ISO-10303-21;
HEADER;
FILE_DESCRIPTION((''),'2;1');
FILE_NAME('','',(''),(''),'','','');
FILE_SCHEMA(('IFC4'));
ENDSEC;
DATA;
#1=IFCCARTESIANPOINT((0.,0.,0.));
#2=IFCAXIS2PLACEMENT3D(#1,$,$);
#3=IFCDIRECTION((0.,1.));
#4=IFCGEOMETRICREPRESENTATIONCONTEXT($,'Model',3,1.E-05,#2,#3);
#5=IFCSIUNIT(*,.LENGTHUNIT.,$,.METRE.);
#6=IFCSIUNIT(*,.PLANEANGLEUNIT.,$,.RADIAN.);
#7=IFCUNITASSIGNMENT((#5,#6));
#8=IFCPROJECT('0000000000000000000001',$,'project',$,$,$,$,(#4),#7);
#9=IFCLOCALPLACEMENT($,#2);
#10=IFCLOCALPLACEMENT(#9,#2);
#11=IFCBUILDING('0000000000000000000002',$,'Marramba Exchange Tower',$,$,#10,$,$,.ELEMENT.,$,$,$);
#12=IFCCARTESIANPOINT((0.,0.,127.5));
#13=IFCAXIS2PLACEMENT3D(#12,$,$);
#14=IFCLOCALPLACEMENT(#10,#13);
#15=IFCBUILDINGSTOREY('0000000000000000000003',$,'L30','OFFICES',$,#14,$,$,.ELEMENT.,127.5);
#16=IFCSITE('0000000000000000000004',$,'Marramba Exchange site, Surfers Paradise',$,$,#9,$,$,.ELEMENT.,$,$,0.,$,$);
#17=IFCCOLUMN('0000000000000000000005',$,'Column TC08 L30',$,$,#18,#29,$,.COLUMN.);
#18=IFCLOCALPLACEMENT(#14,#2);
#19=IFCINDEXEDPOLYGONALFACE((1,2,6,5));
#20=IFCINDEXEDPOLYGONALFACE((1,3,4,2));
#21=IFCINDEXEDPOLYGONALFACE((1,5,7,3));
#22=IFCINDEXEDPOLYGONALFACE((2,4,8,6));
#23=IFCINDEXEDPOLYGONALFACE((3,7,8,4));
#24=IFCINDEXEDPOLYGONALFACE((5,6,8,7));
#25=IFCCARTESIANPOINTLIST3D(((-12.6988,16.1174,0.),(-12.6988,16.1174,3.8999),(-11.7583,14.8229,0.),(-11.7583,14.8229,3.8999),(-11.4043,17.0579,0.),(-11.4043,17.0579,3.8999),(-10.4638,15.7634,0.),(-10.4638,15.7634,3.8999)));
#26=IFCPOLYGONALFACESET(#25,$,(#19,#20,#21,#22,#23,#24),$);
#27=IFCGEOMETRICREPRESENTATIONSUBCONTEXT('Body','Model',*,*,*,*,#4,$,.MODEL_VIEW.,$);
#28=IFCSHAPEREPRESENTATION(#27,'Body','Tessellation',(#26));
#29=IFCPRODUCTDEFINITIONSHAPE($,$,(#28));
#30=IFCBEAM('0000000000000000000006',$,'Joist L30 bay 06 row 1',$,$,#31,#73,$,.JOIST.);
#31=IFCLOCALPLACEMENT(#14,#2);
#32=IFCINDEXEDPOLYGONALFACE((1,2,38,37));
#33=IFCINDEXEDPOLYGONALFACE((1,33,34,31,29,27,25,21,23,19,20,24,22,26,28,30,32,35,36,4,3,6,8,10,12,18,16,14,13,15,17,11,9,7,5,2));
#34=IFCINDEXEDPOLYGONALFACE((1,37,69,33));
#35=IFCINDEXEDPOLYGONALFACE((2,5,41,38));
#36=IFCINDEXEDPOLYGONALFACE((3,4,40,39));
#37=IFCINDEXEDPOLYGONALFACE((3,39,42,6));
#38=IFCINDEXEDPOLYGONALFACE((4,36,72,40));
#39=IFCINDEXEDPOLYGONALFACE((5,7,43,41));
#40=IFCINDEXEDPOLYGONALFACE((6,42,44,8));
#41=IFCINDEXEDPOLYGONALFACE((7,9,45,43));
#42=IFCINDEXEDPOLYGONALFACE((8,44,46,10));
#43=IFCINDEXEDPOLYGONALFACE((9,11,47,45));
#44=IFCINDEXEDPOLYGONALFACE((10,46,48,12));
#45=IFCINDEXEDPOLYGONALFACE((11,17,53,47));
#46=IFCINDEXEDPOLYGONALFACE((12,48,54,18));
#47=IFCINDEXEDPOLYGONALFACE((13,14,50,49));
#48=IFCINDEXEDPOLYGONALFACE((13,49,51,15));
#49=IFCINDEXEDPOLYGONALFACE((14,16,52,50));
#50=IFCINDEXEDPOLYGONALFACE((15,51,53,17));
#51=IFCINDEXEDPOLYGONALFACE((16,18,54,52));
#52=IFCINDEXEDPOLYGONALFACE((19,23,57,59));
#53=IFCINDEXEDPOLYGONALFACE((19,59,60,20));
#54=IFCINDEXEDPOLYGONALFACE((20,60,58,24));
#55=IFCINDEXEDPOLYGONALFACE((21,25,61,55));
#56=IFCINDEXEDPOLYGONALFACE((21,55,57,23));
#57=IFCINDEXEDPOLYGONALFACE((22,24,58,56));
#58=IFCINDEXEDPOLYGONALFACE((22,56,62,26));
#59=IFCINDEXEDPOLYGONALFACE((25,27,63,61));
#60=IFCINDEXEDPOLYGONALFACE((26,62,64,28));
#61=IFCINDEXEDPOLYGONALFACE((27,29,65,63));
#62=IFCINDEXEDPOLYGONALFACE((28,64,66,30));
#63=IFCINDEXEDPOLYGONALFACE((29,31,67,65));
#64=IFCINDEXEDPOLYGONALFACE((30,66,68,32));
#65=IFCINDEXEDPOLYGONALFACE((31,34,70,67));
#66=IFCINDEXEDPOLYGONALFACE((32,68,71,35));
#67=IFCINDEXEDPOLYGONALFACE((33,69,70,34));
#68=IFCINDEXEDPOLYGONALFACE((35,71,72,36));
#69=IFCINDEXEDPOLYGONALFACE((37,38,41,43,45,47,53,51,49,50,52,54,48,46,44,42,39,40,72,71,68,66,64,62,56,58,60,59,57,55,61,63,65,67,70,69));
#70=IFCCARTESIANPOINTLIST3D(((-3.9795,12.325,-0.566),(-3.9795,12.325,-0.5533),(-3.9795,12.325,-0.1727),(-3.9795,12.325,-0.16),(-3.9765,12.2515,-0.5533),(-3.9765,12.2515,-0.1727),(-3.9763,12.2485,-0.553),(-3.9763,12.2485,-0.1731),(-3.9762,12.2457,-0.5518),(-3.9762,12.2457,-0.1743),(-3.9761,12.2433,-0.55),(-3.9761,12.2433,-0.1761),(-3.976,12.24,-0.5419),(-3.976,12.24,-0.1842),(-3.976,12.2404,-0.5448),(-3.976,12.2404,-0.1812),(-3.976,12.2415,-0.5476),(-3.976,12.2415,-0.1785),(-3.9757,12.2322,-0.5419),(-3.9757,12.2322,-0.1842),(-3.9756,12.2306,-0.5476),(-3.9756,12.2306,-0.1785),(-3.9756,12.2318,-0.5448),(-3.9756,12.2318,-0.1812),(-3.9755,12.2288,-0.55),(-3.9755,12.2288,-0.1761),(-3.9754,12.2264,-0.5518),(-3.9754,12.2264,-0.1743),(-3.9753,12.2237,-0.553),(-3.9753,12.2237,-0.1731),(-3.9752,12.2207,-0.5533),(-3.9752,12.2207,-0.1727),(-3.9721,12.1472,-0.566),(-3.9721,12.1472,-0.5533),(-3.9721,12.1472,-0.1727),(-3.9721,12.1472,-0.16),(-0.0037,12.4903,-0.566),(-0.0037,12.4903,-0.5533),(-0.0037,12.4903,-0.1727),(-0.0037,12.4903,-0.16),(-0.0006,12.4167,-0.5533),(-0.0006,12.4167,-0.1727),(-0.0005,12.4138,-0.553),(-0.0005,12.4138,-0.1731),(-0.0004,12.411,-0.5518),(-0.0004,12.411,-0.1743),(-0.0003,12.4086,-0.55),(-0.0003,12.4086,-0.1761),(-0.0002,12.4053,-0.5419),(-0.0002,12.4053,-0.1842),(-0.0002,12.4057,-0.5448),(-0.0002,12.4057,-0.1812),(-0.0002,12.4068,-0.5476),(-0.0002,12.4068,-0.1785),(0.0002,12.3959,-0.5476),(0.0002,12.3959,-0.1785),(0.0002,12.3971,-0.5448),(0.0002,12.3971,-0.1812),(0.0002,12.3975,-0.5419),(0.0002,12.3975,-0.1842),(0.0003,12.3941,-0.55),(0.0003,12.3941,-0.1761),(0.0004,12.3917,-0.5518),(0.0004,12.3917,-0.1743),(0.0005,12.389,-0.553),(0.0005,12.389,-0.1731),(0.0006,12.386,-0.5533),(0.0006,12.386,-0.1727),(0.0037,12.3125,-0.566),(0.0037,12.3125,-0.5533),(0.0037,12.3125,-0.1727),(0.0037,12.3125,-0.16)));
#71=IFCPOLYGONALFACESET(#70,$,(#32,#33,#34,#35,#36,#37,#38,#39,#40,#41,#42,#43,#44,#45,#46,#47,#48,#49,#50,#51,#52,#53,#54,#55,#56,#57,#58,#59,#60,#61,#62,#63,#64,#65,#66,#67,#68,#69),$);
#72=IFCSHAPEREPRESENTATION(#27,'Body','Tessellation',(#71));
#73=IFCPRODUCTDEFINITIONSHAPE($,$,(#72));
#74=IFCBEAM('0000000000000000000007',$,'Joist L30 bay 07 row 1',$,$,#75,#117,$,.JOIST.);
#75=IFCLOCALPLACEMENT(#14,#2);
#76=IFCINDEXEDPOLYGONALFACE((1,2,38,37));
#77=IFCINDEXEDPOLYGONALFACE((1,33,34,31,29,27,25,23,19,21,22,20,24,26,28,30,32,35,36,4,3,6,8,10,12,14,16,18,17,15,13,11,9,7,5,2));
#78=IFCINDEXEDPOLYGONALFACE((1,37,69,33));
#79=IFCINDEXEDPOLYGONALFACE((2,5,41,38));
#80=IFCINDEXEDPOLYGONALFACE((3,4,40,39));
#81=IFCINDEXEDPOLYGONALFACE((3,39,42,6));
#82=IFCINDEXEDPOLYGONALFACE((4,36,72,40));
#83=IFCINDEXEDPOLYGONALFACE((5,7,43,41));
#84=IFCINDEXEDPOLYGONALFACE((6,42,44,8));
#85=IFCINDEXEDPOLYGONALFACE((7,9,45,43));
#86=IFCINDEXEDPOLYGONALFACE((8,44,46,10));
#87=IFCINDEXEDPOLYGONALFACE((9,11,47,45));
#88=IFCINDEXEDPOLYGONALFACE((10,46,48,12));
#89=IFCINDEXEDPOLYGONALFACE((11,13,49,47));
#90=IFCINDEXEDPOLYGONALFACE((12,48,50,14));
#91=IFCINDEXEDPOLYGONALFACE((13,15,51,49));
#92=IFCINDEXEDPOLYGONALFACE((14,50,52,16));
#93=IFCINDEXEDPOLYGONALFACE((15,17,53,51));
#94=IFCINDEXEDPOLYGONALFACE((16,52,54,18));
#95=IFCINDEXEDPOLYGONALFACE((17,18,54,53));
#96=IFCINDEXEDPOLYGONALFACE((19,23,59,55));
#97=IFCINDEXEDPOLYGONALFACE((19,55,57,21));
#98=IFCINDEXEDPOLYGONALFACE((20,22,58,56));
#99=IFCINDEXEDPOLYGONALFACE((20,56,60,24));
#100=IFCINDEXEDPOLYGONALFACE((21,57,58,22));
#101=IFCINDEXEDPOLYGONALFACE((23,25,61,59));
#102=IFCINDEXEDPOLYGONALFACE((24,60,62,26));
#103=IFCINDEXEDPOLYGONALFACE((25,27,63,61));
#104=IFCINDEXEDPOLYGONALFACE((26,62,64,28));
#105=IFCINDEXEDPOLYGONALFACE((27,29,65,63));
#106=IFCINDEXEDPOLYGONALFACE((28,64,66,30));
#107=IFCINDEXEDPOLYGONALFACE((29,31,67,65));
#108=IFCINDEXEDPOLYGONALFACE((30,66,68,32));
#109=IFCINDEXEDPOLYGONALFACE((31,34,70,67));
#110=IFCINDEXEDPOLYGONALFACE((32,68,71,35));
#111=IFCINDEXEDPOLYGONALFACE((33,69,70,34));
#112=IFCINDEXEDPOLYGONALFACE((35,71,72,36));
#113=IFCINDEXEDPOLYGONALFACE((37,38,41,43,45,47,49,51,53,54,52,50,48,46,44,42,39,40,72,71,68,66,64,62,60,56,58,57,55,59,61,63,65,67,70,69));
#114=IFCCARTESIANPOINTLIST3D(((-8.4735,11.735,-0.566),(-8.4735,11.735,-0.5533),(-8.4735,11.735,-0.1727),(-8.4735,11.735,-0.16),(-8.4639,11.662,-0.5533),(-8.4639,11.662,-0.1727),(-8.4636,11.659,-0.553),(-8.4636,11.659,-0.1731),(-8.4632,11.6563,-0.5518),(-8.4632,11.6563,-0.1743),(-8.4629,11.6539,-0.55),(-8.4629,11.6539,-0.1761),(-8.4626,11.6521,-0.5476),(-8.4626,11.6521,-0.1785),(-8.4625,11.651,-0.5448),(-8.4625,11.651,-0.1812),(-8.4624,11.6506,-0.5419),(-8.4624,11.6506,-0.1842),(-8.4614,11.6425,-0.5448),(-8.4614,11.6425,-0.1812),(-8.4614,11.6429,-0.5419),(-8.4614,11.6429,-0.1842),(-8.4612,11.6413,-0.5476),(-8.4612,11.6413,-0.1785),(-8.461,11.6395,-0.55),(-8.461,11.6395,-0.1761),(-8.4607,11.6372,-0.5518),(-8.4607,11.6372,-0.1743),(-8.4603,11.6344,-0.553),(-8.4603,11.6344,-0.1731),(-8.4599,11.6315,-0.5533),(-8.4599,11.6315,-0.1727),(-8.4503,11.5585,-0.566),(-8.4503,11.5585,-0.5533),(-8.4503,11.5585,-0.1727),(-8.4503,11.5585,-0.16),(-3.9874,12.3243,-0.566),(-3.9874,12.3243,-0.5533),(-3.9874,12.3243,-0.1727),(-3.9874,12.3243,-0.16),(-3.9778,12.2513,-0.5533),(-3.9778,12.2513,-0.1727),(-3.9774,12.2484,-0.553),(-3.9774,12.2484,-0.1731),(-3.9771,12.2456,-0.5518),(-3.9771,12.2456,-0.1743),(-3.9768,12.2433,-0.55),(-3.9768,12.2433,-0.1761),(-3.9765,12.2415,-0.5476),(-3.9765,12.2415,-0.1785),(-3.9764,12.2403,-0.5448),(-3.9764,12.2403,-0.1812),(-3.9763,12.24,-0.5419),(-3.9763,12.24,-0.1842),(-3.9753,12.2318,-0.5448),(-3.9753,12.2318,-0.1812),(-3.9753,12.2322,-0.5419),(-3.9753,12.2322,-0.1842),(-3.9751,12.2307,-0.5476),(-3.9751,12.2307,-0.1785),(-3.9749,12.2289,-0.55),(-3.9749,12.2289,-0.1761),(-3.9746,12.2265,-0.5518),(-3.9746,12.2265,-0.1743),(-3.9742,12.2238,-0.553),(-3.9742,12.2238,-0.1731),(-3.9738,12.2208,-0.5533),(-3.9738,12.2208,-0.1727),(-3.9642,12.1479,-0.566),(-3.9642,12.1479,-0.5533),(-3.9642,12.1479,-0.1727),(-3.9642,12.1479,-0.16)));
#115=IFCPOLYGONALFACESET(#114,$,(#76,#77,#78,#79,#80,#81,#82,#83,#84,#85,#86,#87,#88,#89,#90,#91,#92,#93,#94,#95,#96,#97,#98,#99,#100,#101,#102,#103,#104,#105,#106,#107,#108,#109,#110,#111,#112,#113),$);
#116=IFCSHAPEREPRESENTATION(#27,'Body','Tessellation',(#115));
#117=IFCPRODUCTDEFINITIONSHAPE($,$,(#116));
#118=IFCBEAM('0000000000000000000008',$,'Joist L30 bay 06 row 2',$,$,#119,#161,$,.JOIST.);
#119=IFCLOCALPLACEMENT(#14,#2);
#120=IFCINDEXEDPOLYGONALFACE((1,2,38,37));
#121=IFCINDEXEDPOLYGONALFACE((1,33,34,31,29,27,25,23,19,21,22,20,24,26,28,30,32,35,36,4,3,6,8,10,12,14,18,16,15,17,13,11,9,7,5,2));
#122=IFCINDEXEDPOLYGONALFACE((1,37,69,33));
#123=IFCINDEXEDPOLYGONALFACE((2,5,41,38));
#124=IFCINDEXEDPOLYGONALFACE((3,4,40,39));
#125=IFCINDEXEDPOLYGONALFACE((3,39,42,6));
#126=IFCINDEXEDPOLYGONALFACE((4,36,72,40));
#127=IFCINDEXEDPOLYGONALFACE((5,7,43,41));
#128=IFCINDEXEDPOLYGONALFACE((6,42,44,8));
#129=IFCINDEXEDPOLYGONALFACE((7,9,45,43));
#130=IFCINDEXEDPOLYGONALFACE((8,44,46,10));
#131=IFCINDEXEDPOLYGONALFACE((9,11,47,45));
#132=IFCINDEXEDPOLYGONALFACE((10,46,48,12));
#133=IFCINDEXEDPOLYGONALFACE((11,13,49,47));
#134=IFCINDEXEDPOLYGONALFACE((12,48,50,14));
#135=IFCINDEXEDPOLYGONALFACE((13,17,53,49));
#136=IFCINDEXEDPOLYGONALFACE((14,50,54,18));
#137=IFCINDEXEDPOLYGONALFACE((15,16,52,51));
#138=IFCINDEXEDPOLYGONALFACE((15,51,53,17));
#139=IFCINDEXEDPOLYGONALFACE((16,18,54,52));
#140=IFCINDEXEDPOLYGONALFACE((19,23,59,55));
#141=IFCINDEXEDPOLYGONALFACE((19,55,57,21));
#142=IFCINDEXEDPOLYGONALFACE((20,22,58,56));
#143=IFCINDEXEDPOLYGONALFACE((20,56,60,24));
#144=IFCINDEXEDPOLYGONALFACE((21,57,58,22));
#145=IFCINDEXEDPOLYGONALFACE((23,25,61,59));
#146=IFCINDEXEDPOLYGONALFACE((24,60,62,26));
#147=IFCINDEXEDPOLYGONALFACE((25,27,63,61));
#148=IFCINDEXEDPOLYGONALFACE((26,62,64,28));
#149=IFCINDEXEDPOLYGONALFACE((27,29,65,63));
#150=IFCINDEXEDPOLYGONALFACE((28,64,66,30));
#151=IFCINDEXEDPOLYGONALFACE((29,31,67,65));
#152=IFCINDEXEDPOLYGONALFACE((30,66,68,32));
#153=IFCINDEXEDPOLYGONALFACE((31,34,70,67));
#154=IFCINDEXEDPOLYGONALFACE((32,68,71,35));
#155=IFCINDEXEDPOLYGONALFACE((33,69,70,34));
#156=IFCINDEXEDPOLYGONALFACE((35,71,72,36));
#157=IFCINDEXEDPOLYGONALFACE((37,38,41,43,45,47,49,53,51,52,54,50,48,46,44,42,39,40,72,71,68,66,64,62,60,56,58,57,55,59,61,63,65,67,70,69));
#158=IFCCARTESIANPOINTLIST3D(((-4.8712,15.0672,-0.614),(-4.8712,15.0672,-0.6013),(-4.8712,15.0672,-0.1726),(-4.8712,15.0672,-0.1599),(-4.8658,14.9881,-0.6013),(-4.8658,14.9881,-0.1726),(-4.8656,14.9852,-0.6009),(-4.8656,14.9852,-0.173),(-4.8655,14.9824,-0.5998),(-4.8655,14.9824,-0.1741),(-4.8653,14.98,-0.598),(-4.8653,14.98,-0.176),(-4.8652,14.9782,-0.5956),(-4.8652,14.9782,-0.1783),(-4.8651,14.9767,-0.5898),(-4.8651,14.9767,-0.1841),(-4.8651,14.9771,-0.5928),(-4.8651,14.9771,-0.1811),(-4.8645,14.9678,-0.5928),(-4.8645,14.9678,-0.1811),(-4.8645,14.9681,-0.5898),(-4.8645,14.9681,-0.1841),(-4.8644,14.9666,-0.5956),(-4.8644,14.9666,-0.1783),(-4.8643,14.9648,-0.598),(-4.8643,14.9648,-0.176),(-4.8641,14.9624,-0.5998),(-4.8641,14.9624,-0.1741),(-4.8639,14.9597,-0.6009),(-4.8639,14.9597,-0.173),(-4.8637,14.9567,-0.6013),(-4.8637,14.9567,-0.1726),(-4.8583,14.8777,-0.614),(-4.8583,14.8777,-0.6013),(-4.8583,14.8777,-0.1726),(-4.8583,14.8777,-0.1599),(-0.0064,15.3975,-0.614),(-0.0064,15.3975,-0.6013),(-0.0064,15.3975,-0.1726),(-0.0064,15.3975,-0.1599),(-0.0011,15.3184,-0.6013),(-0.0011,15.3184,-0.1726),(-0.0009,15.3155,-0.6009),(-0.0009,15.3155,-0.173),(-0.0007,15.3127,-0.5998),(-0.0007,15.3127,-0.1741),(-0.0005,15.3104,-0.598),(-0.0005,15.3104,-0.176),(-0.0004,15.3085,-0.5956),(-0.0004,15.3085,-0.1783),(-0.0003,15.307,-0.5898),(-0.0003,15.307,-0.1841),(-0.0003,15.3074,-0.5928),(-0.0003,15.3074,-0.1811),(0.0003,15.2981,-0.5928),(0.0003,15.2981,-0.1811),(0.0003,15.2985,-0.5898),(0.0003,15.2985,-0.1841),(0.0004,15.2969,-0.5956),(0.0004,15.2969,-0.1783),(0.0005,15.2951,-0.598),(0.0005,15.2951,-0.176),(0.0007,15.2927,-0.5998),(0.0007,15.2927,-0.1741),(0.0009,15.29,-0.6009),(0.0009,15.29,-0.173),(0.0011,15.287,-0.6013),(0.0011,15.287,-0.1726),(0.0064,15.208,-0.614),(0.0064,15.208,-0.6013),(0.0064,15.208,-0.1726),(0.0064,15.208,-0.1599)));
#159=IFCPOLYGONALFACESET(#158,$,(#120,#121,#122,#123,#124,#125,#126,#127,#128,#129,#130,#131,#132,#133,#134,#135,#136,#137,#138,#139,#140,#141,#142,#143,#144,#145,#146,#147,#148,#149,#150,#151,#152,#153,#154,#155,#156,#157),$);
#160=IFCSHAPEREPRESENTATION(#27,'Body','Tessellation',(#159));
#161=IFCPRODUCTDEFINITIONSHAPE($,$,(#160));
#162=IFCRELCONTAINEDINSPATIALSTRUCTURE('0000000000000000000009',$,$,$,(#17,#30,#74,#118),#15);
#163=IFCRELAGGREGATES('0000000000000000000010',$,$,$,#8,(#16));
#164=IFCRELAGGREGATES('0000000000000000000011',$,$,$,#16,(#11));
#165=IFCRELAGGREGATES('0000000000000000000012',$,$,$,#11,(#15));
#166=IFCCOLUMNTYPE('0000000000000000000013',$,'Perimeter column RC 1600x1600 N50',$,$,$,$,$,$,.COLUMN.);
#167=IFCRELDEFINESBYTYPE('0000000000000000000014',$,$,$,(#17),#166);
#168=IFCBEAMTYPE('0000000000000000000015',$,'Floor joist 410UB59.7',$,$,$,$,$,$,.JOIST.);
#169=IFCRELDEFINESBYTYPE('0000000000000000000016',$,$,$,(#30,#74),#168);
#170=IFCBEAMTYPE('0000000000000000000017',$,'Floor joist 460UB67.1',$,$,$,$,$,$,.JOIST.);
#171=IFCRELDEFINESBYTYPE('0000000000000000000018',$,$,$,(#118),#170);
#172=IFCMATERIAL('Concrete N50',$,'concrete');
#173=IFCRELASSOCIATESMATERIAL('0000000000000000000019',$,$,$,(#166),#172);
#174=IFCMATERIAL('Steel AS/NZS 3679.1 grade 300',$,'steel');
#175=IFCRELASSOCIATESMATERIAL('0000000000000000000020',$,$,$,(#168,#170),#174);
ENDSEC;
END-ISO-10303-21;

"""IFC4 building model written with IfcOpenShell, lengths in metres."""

from ifc_helpers import new_model, si_unit, direction, frame, origin, origin_2d, place, context, subcontext, project, spatial, rectangle, i_section, extrude, material, material_profile, profile_set, type_object, element, save


model = new_model("IFC4")

# Units and contexts
model_context = context("Model", 3, precision=1e-05, world=origin(), true_north=direction((0.0, 1.0)))
body_context = subcontext(model_context, "Body", "Model", "MODEL_VIEW")
ifc_project = project(units=[si_unit("LENGTHUNIT", "METRE"), si_unit("PLANEANGLEUNIT", "RADIAN")], contexts=[model_context])

# Site, building, storey
site_placement = place(None, origin())
site = spatial("IfcSite", under=ifc_project, at=site_placement, Name="Marramba Exchange site, Surfers Paradise", CompositionType="ELEMENT", RefElevation=0.0)
building_placement = place(site_placement, origin())
building = spatial("IfcBuilding", under=site, at=building_placement, Name="Marramba Exchange Tower", CompositionType="ELEMENT")
storey_placement = place(building_placement, frame((0.0, 0.0, 127.5)))
storey = spatial("IfcBuildingStorey", under=building, at=storey_placement, Name="L30", Description="OFFICES", CompositionType="ELEMENT", Elevation=127.5)

# Column
ifc_material_1 = material(Name="Concrete N50", Category="concrete")
ifc_material_profile_1 = material_profile(ifc_material_1, rectangle(XDim=1.6001, YDim=1.6001, at=origin_2d()), Name="RC 1600x1600")
ifc_profile_set_1 = profile_set([ifc_material_profile_1], Name="Concrete N50")
column_type = type_object("IfcColumnType", Name="Perimeter column RC 1600x1600 N50", PredefinedType="COLUMN", material=ifc_profile_set_1)
column_placement = place(storey_placement, frame((-11.5813, 15.9404, 0.0), z_axis=(0.0, 0.0, 1.0), x_axis=(-0.587785, 0.809017, 0.0)))
element("IfcColumn", 1, at=column_placement, inside=storey, type_object=column_type, Name="Column TC08 L30", PredefinedType="COLUMN", context=body_context, shape_type="SweptSolid", body=[
    extrude(rectangle(XDim=1.6001, YDim=1.6001, at=origin_2d()), origin(), (0.0, 0.0, 1.0), 3.8999),
])

# Beams
ifc_material_2 = material(Name="Steel AS/NZS 3679.1 grade 300", Category="steel")
ifc_material_profile_2 = material_profile(ifc_material_2, i_section(OverallWidth=0.178, OverallDepth=0.406, WebThickness=0.0078, FlangeThickness=0.0127, FilletRadius=0.0115, at=origin_2d()), Name="410UB59.7")
ifc_profile_set_2 = profile_set([ifc_material_profile_2], Name="Steel AS/NZS 3679.1 grade 300")
beam_type_1 = type_object("IfcBeamType", Name="Floor joist 410UB59.7", PredefinedType="JOIST", material=ifc_profile_set_2)
beam_1_placement = place(storey_placement, frame((0.0, 12.4014, -0.363), z_axis=(-0.999137, -0.041536, 0.0), x_axis=(0.041536, -0.999137, 0.0)))
element("IfcBeam", 2, at=beam_1_placement, inside=storey, type_object=beam_type_1, Name="Joist L30 bay 06 row 1", PredefinedType="JOIST", context=body_context, shape_type="SweptSolid", body=[
    extrude(i_section(OverallWidth=0.178, OverallDepth=0.406, WebThickness=0.0078, FlangeThickness=0.0127, FilletRadius=0.0115, at=origin_2d()), origin(), (0.0, 0.0, 1.0), 3.9792),
])
beam_2_placement = place(storey_placement, frame((-3.9758, 12.2361, -0.363), z_axis=(-0.991481, -0.130255, 0.0), x_axis=(0.130255, -0.991481, 0.0)))
element("IfcBeam", 3, at=beam_2_placement, inside=storey, type_object=beam_type_1, Name="Joist L30 bay 07 row 1", PredefinedType="JOIST", context=body_context, shape_type="SweptSolid", body=[
    extrude(i_section(OverallWidth=0.178, OverallDepth=0.406, WebThickness=0.0078, FlangeThickness=0.0127, FilletRadius=0.0115, at=origin_2d()), origin(), (0.0, 0.0, 1.0), 4.5247),
])
ifc_material_profile_3 = material_profile(ifc_material_2, i_section(OverallWidth=0.1899, OverallDepth=0.4541, WebThickness=0.0085, FlangeThickness=0.0127, FilletRadius=0.0115, at=origin_2d()), Name="460UB67.1")
ifc_profile_set_3 = profile_set([ifc_material_profile_3], Name="Steel AS/NZS 3679.1 grade 300")
beam_type_2 = type_object("IfcBeamType", Name="Floor joist 460UB67.1", PredefinedType="JOIST", material=ifc_profile_set_3)
beam_3_placement = place(storey_placement, frame((0.0, 15.3027, -0.387), z_axis=(-0.997703, -0.067745, 0.0), x_axis=(0.067745, -0.997703, 0.0)))
element("IfcBeam", 4, at=beam_3_placement, inside=storey, type_object=beam_type_2, Name="Joist L30 bay 06 row 2", PredefinedType="JOIST", context=body_context, shape_type="SweptSolid", body=[
    extrude(i_section(OverallWidth=0.1899, OverallDepth=0.4541, WebThickness=0.0085, FlangeThickness=0.0127, FilletRadius=0.0115, at=origin_2d()), origin(), (0.0, 0.0, 1.0), 4.876),
])

save(model, "model.ifc")
